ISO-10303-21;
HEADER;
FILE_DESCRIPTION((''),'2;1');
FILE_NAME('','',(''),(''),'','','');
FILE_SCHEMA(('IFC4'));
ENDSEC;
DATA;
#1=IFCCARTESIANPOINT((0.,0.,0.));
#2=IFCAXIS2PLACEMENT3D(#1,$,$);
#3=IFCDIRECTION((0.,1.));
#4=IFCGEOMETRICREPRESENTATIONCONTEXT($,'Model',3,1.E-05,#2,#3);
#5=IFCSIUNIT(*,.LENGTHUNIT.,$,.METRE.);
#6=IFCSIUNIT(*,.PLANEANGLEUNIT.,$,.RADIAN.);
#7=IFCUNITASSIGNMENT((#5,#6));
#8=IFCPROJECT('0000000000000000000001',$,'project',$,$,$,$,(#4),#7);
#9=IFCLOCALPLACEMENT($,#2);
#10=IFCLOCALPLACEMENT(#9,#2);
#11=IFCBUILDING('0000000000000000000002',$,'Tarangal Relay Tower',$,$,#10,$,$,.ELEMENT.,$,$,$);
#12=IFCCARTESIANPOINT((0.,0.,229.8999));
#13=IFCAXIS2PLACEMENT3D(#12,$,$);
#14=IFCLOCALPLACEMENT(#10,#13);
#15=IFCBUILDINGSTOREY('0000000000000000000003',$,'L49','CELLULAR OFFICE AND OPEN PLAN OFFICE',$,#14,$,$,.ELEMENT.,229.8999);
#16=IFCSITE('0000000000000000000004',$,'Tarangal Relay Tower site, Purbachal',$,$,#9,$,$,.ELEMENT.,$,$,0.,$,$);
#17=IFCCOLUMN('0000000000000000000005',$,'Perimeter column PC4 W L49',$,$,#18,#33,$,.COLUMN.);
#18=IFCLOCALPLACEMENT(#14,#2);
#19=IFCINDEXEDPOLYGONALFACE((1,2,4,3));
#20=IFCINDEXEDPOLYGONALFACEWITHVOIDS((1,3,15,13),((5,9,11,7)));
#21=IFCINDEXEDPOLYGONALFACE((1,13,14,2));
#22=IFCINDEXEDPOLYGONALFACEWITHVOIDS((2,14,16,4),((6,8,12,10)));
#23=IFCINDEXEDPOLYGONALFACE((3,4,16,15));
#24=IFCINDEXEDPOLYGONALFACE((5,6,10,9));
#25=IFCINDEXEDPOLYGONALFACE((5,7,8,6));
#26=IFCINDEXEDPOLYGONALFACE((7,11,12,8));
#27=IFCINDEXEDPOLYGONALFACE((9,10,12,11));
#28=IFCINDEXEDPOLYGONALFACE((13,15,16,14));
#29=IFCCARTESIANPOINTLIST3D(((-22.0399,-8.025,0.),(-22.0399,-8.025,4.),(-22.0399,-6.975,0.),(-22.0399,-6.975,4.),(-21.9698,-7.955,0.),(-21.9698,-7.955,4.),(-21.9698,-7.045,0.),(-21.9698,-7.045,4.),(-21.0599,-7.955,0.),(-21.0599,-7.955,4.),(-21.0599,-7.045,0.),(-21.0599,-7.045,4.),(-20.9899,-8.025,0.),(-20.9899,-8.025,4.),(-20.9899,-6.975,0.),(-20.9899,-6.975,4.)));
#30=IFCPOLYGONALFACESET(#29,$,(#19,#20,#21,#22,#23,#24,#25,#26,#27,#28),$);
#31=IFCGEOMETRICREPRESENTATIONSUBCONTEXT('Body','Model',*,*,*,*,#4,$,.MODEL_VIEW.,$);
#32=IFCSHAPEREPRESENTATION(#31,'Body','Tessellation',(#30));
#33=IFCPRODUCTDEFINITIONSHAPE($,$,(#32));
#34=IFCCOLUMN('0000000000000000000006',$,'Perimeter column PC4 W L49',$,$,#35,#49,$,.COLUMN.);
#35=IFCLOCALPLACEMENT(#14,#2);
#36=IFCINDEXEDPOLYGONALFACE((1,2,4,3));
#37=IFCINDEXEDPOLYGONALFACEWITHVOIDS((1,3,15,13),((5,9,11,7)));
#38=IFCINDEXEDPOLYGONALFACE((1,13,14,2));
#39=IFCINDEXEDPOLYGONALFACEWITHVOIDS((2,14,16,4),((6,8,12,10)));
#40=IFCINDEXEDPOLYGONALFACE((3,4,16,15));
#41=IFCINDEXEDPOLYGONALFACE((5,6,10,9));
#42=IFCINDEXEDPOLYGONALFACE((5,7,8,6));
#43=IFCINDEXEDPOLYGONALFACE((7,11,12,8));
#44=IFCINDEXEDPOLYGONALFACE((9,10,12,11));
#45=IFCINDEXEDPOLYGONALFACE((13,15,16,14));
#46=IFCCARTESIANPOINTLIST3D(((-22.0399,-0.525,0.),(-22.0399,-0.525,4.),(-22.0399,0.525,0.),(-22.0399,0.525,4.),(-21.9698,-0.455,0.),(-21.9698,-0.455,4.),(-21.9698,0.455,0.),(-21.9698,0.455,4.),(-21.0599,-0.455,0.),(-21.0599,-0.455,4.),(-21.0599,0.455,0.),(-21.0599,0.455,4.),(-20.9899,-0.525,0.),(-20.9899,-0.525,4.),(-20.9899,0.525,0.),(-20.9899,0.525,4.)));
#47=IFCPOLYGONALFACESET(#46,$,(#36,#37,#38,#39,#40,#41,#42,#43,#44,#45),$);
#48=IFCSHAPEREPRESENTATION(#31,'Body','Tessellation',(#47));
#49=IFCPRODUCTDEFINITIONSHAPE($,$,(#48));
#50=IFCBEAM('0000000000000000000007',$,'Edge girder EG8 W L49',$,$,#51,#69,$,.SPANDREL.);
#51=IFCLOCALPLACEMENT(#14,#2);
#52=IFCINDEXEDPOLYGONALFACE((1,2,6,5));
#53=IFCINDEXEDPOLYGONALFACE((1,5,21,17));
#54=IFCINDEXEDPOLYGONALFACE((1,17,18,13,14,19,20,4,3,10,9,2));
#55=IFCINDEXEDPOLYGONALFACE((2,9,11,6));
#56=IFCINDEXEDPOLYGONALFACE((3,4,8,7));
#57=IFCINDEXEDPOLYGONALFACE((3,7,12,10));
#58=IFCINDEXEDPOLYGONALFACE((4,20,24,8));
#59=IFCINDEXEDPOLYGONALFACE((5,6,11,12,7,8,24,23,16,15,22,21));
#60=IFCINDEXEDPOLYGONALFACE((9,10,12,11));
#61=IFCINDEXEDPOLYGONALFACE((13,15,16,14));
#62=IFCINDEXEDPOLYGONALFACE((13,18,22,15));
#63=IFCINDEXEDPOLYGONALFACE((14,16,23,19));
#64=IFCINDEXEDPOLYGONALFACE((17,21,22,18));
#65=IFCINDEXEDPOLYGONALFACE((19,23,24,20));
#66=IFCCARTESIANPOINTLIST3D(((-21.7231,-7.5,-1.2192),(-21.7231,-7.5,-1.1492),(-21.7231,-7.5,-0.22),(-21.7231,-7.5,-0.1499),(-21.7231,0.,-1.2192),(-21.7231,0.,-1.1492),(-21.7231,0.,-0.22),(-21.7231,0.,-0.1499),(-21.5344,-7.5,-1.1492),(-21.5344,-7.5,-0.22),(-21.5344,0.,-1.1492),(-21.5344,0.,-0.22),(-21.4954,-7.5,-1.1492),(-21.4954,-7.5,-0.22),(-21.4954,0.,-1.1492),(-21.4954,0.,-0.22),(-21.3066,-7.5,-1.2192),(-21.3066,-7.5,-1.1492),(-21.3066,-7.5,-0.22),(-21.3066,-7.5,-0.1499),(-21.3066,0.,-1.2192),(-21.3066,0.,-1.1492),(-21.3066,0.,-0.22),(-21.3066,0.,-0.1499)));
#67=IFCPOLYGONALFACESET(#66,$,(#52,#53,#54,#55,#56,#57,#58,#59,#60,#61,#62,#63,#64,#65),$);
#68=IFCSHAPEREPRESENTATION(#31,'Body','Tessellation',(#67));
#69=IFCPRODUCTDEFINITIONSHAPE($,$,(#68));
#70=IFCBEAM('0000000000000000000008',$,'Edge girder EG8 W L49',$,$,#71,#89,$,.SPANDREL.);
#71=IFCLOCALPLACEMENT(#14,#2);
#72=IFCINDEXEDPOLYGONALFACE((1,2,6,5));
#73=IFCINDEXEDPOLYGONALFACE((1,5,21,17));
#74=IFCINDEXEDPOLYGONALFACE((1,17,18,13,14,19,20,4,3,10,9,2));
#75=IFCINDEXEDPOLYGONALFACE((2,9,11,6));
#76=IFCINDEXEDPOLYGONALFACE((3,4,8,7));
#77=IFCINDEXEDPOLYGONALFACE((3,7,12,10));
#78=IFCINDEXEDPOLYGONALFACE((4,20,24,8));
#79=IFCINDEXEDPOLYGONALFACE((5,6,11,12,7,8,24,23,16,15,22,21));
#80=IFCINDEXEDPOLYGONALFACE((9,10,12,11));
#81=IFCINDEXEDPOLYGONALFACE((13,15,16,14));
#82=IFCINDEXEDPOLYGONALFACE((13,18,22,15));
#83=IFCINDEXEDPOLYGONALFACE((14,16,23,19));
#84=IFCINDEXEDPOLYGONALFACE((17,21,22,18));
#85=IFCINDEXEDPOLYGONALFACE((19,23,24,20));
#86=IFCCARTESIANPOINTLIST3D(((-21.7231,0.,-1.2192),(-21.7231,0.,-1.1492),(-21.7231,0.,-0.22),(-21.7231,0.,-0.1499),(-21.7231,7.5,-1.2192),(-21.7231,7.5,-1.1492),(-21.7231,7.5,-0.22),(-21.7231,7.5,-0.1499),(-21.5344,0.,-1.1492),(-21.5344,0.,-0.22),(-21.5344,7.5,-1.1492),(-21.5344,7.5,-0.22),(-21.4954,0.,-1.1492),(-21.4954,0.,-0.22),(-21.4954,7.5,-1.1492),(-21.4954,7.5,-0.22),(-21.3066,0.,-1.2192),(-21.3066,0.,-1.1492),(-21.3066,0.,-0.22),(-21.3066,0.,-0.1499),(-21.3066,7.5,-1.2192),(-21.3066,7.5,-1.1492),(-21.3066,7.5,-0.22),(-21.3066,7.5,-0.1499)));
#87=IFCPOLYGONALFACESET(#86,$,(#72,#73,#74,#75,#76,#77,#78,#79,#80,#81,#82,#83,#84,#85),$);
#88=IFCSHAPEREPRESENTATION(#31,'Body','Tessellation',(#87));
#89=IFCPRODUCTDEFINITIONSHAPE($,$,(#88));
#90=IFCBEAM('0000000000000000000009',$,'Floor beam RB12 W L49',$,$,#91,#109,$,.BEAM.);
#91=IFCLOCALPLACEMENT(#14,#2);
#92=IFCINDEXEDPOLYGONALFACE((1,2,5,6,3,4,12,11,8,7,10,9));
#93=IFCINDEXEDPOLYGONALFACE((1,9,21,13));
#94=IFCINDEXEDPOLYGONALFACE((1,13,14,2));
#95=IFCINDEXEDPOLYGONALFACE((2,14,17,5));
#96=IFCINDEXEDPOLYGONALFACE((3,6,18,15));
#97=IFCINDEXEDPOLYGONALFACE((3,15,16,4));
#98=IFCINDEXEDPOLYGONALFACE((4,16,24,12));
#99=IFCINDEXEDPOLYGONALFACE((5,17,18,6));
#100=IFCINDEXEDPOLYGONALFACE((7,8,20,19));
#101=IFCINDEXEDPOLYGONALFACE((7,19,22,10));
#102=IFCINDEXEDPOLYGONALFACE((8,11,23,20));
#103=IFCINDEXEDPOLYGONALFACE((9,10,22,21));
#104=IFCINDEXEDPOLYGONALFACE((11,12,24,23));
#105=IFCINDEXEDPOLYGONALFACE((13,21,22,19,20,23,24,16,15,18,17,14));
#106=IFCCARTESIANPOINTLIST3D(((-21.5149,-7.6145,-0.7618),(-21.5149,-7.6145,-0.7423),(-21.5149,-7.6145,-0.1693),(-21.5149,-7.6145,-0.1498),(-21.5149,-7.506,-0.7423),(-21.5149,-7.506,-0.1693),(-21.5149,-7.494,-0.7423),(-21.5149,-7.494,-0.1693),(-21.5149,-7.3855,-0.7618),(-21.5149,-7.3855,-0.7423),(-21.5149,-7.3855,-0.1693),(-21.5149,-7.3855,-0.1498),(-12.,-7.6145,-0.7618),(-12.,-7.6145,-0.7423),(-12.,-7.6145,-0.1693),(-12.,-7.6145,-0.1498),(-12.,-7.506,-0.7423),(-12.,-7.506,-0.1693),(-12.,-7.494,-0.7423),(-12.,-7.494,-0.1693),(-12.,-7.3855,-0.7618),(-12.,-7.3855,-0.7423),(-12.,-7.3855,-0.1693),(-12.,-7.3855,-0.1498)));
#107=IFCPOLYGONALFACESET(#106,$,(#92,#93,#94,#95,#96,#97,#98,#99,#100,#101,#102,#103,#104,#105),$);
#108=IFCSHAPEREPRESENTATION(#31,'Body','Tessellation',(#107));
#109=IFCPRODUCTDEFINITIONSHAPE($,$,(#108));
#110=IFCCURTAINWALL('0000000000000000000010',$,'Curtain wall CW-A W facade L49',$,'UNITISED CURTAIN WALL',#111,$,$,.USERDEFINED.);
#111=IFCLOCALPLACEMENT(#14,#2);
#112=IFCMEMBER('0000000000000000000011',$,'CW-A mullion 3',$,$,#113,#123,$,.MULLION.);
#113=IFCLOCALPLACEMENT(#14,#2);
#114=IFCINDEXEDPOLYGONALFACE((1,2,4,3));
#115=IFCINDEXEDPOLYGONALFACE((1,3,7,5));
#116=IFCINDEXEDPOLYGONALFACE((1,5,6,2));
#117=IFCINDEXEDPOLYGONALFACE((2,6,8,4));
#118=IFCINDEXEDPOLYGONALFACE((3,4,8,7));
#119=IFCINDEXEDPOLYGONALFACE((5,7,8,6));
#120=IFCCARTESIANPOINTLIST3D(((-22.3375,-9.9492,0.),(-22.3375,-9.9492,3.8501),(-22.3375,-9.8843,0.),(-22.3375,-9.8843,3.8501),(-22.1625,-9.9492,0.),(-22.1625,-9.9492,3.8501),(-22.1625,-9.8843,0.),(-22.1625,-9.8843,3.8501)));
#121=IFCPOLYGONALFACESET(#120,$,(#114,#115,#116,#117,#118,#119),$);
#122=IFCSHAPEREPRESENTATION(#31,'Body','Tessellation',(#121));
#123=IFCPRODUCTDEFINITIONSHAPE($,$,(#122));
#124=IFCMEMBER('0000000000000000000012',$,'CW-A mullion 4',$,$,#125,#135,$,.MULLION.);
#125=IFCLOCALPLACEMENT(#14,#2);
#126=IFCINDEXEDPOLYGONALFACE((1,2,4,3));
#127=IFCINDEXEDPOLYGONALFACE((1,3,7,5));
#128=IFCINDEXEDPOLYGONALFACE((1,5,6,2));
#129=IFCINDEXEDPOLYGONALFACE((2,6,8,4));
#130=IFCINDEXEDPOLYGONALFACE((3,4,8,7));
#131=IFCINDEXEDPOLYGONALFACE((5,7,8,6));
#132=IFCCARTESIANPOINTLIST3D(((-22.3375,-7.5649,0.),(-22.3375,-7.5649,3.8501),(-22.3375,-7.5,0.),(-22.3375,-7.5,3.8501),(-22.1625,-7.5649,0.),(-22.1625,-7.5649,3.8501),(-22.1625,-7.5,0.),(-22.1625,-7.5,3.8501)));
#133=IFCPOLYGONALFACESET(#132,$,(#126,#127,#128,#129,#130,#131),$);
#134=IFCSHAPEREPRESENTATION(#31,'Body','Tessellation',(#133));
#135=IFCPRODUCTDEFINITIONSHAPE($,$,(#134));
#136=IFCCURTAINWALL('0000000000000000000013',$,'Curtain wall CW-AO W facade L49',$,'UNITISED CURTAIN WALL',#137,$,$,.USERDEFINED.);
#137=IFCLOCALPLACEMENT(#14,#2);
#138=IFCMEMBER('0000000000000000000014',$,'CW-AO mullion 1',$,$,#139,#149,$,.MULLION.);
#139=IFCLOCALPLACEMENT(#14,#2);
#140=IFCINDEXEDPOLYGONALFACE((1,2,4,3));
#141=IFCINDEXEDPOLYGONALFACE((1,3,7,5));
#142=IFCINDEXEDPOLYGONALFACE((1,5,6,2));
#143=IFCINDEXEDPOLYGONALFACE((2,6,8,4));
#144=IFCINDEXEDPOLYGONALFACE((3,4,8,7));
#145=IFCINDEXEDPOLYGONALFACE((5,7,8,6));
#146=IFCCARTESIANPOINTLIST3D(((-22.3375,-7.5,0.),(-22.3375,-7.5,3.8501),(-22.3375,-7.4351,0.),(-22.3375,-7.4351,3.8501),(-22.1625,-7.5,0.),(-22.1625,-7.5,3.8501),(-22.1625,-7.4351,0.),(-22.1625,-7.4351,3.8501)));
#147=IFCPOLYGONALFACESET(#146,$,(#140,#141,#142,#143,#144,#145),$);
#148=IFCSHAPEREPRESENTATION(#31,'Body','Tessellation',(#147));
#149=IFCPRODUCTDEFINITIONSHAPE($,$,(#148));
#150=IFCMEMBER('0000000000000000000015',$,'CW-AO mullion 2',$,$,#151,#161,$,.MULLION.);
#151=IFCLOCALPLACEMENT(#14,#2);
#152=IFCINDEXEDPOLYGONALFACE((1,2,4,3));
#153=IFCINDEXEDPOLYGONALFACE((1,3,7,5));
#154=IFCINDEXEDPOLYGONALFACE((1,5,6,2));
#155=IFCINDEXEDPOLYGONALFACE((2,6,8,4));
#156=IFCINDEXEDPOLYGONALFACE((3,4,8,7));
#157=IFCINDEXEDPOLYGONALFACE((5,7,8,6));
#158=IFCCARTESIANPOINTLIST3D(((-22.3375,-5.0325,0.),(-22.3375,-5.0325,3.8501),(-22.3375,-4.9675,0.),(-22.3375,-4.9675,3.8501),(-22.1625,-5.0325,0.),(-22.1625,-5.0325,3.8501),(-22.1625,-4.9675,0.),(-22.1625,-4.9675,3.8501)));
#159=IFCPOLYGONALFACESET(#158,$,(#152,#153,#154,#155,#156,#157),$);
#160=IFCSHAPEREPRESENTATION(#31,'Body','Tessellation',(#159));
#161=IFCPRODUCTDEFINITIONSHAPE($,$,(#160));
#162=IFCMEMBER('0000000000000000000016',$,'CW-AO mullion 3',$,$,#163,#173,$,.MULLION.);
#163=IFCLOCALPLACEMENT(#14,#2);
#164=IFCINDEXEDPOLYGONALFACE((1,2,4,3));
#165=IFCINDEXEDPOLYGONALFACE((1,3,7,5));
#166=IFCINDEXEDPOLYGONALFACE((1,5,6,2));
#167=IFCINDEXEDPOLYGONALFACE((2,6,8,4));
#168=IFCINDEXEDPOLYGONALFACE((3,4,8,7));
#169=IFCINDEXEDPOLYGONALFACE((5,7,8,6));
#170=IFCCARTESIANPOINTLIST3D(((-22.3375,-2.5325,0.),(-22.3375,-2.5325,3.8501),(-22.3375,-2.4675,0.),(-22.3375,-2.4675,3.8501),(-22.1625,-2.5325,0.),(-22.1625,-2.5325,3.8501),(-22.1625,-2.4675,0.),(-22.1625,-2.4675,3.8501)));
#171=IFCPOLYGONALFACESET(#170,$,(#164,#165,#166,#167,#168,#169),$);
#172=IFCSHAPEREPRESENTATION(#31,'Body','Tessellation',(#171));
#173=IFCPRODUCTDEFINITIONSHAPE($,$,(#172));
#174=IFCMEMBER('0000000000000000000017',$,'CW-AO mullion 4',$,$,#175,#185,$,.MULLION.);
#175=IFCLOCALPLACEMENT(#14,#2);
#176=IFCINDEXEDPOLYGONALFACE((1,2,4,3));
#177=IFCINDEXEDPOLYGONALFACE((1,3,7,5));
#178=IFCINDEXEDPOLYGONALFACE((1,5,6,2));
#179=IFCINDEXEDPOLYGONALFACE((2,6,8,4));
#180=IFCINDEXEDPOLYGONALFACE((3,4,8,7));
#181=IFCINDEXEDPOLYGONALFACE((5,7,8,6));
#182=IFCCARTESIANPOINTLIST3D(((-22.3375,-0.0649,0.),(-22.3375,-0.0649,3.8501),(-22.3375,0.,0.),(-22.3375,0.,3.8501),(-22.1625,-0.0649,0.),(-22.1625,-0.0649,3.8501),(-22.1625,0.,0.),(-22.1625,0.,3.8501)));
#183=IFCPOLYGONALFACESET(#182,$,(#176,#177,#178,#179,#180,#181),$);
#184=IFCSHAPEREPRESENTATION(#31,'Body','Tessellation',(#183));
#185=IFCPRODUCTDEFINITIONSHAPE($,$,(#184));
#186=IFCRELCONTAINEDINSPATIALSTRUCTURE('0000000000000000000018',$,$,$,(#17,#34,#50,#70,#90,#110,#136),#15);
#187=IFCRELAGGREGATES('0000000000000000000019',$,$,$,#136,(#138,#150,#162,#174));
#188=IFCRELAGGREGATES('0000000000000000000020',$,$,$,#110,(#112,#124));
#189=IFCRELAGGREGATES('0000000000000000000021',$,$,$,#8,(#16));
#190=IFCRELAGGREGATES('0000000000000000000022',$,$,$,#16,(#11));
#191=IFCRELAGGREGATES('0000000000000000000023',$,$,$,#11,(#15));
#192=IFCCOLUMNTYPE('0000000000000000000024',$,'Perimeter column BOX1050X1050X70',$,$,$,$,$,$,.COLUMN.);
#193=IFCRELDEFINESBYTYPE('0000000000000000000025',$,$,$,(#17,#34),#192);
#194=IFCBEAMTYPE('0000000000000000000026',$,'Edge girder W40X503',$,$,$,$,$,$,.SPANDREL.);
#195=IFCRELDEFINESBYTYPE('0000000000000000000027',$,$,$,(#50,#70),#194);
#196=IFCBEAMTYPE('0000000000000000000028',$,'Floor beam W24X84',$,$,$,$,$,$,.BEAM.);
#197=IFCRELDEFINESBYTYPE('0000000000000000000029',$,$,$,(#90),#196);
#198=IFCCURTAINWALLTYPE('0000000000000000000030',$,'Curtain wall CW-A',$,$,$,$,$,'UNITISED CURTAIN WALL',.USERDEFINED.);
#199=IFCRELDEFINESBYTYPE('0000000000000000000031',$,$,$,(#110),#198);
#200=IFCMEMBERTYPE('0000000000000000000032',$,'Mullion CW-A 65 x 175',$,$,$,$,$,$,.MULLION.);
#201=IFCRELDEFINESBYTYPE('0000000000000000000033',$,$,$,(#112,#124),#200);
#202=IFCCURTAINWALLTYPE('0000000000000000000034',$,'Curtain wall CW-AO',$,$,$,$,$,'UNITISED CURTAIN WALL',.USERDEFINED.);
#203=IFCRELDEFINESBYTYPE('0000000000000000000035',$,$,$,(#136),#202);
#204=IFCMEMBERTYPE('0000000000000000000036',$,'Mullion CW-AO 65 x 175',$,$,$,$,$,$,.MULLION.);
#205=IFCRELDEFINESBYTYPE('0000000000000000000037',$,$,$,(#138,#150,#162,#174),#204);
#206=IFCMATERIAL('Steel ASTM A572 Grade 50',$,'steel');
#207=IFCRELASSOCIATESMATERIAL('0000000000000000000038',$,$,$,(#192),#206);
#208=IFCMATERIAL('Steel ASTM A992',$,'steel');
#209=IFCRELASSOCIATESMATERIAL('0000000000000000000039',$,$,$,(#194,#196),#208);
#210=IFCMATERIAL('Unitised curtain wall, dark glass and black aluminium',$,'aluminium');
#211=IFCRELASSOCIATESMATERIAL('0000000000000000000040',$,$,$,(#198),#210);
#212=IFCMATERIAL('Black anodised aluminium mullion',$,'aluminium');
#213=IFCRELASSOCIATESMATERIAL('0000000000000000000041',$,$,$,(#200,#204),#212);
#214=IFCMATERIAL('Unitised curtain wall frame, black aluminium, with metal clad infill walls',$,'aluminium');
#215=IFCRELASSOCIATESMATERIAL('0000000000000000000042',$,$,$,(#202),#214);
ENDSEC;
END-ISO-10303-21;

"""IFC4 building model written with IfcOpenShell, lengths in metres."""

from ifc_helpers import new_model, si_unit, direction, frame, origin, origin_2d, place, context, subcontext, project, spatial, rectangle, hollow_rectangle, i_section, extrude, material, material_profile, profile_set, type_object, element, aggregate, save


model = new_model("IFC4")

# Units and contexts
model_context = context("Model", 3, precision=1e-05, world=origin(), true_north=direction((0.0, 1.0)))
body_context = subcontext(model_context, "Body", "Model", "MODEL_VIEW")
ifc_project = project(units=[si_unit("LENGTHUNIT", "METRE"), si_unit("PLANEANGLEUNIT", "RADIAN")], contexts=[model_context])

# Site, building, storey
site_placement = place(None, origin())
site = spatial("IfcSite", under=ifc_project, at=site_placement, Name="Tarangal Relay Tower site, Purbachal", CompositionType="ELEMENT", RefElevation=0.0)
building_placement = place(site_placement, origin())
building = spatial("IfcBuilding", under=site, at=building_placement, Name="Tarangal Relay Tower", CompositionType="ELEMENT")
storey_placement = place(building_placement, frame((0.0, 0.0, 229.8999)))
storey = spatial("IfcBuildingStorey", under=building, at=storey_placement, Name="L49", Description="CELLULAR OFFICE AND OPEN PLAN OFFICE", CompositionType="ELEMENT", Elevation=229.8999)

# Columns
ifc_material_1 = material(Name="Steel ASTM A572 Grade 50", Category="steel")
ifc_material_profile_1 = material_profile(ifc_material_1, hollow_rectangle(XDim=1.05, YDim=1.05, WallThickness=0.0701, at=origin_2d()), Name="BOX1050X1050X70")
ifc_profile_set_1 = profile_set([ifc_material_profile_1], Name="Steel ASTM A572 Grade 50")
column_type = type_object("IfcColumnType", Name="Perimeter column BOX1050X1050X70", PredefinedType="COLUMN", material=ifc_profile_set_1)
for number, where, z_axis, x_axis, name in (
    (1, (-21.5149, -7.5, 0.0), (0.0, 0.0, 1.0), (1.0, 0.0, 0.0), "Perimeter column PC4 W L49"),
    (2, (-21.5149, 0.0, 0.0), (0.0, 0.0, 1.0), (1.0, 0.0, 0.0), "Perimeter column PC4 W L49"),
):
    element("IfcColumn", number, at=place(storey_placement, frame(where, z_axis=z_axis, x_axis=x_axis)), inside=storey, type_object=column_type, Name=name, PredefinedType="COLUMN", context=body_context, shape_type="SweptSolid", body=[
        extrude(hollow_rectangle(XDim=1.05, YDim=1.05, WallThickness=0.0701, at=origin_2d()), origin(), (0.0, 0.0, 1.0), 4.0),
    ])

# Beams
ifc_material_2 = material(Name="Steel ASTM A992", Category="steel")
ifc_material_profile_2 = material_profile(ifc_material_2, i_section(OverallWidth=0.4165, OverallDepth=1.0693, WebThickness=0.0391, FlangeThickness=0.0701, at=origin_2d()), Name="W40X503")
ifc_profile_set_2 = profile_set([ifc_material_profile_2], Name="Steel ASTM A992")
beam_type_1 = type_object("IfcBeamType", Name="Edge girder W40X503", PredefinedType="SPANDREL", material=ifc_profile_set_2)
for number, where, z_axis, x_axis, name in (
    (3, (-21.5149, -7.5, -0.6846), (0.0, 1.0, 0.0), (-1.0, 0.0, 0.0), "Edge girder EG8 W L49"),
    (4, (-21.5149, 0.0, -0.6846), (0.0, 1.0, 0.0), (-1.0, 0.0, 0.0), "Edge girder EG8 W L49"),
):
    element("IfcBeam", number, at=place(storey_placement, frame(where, z_axis=z_axis, x_axis=x_axis)), inside=storey, type_object=beam_type_1, Name=name, PredefinedType="SPANDREL", context=body_context, shape_type="SweptSolid", body=[
        extrude(i_section(OverallWidth=0.4165, OverallDepth=1.0693, WebThickness=0.0391, FlangeThickness=0.0701, at=origin_2d()), origin(), (0.0, 0.0, 1.0), 7.5),
    ])
ifc_material_profile_3 = material_profile(ifc_material_2, i_section(OverallWidth=0.229, OverallDepth=0.6121, WebThickness=0.012, FlangeThickness=0.0195, at=origin_2d()), Name="W24X84")
ifc_profile_set_3 = profile_set([ifc_material_profile_3], Name="Steel ASTM A992")
beam_type_2 = type_object("IfcBeamType", Name="Floor beam W24X84", PredefinedType="BEAM", material=ifc_profile_set_3)
beam_placement = place(storey_placement, frame((-12.0, -7.5, -0.4558), z_axis=(-1.0, 0.0, 0.0), x_axis=(0.0, -1.0, 0.0)))
element("IfcBeam", 5, at=beam_placement, inside=storey, type_object=beam_type_2, Name="Floor beam RB12 W L49", PredefinedType="BEAM", context=body_context, shape_type="SweptSolid", body=[
    extrude(i_section(OverallWidth=0.229, OverallDepth=0.6121, WebThickness=0.012, FlangeThickness=0.0195, at=origin_2d()), origin(), (0.0, 0.0, 1.0), 9.5149),
])

# Curtain walls, members
ifc_material_3 = material(Name="Unitised curtain wall, dark glass and black aluminium", Category="aluminium")
curtain_wall_type_1 = type_object("IfcCurtainWallType", Name="Curtain wall CW-A", ElementType="UNITISED CURTAIN WALL", PredefinedType="USERDEFINED", material=ifc_material_3)
curtain_wall_1_placement = place(storey_placement, origin())
curtain_wall_1 = element("IfcCurtainWall", 6, at=curtain_wall_1_placement, inside=storey, type_object=curtain_wall_type_1, Name="Curtain wall CW-A W facade L49", ObjectType="UNITISED CURTAIN WALL", PredefinedType="USERDEFINED")
ifc_material_4 = material(Name="Black anodised aluminium mullion", Category="aluminium")
ifc_material_profile_4 = material_profile(ifc_material_4, rectangle(XDim=0.175, YDim=0.0649, at=origin_2d()), Name="CW-AM 65X175")
ifc_profile_set_4 = profile_set([ifc_material_profile_4], Name="Black anodised aluminium mullion")
member_type_1 = type_object("IfcMemberType", Name="Mullion CW-A 65 x 175", PredefinedType="MULLION", material=ifc_profile_set_4)
member_1_placement = place(storey_placement, frame((-22.25, -9.9167, 0.0), z_axis=(0.0, 0.0, 1.0), x_axis=(-1.0, 0.0, 0.0)))
member_1 = element("IfcMember", 7, at=member_1_placement, type_object=member_type_1, Name="CW-A mullion 3", PredefinedType="MULLION", context=body_context, shape_type="SweptSolid", body=[
    extrude(rectangle(XDim=0.175, YDim=0.0649, at=origin_2d()), origin(), (0.0, 0.0, 1.0), 3.8501),
])
member_2_placement = place(storey_placement, frame((-22.25, -7.5325, 0.0), z_axis=(0.0, 0.0, 1.0), x_axis=(-1.0, 0.0, 0.0)))
member_2 = element("IfcMember", 8, at=member_2_placement, type_object=member_type_1, Name="CW-A mullion 4", PredefinedType="MULLION", context=body_context, shape_type="SweptSolid", body=[
    extrude(rectangle(XDim=0.175, YDim=0.0649, at=origin_2d()), origin(), (0.0, 0.0, 1.0), 3.8501),
])
ifc_material_5 = material(Name="Unitised curtain wall frame, black aluminium, with metal clad infill walls", Category="aluminium")
curtain_wall_type_2 = type_object("IfcCurtainWallType", Name="Curtain wall CW-AO", ElementType="UNITISED CURTAIN WALL", PredefinedType="USERDEFINED", material=ifc_material_5)
curtain_wall_2_placement = place(storey_placement, origin())
curtain_wall_2 = element("IfcCurtainWall", 9, at=curtain_wall_2_placement, inside=storey, type_object=curtain_wall_type_2, Name="Curtain wall CW-AO W facade L49", ObjectType="UNITISED CURTAIN WALL", PredefinedType="USERDEFINED")
ifc_material_profile_5 = material_profile(ifc_material_4, rectangle(XDim=0.175, YDim=0.0649, at=origin_2d()), Name="CW-AOM 65X175")
ifc_profile_set_5 = profile_set([ifc_material_profile_5], Name="Black anodised aluminium mullion")
member_type_2 = type_object("IfcMemberType", Name="Mullion CW-AO 65 x 175", PredefinedType="MULLION", material=ifc_profile_set_5)
member_3_placement = place(storey_placement, frame((-22.25, -7.4675, 0.0), z_axis=(0.0, 0.0, 1.0), x_axis=(-1.0, 0.0, 0.0)))
member_3 = element("IfcMember", 10, at=member_3_placement, type_object=member_type_2, Name="CW-AO mullion 1", PredefinedType="MULLION", context=body_context, shape_type="SweptSolid", body=[
    extrude(rectangle(XDim=0.175, YDim=0.0649, at=origin_2d()), origin(), (0.0, 0.0, 1.0), 3.8501),
])
member_4_placement = place(storey_placement, frame((-22.25, -5.0, 0.0), z_axis=(0.0, 0.0, 1.0), x_axis=(-1.0, 0.0, 0.0)))
member_4 = element("IfcMember", 11, at=member_4_placement, type_object=member_type_2, Name="CW-AO mullion 2", PredefinedType="MULLION", context=body_context, shape_type="SweptSolid", body=[
    extrude(rectangle(XDim=0.175, YDim=0.0649, at=origin_2d()), origin(), (0.0, 0.0, 1.0), 3.8501),
])
member_5_placement = place(storey_placement, frame((-22.25, -2.5, 0.0), z_axis=(0.0, 0.0, 1.0), x_axis=(-1.0, 0.0, 0.0)))
member_5 = element("IfcMember", 12, at=member_5_placement, type_object=member_type_2, Name="CW-AO mullion 3", PredefinedType="MULLION", context=body_context, shape_type="SweptSolid", body=[
    extrude(rectangle(XDim=0.175, YDim=0.0649, at=origin_2d()), origin(), (0.0, 0.0, 1.0), 3.8501),
])
member_6_placement = place(storey_placement, frame((-22.25, -0.0325, 0.0), z_axis=(0.0, 0.0, 1.0), x_axis=(-1.0, 0.0, 0.0)))
member_6 = element("IfcMember", 13, at=member_6_placement, type_object=member_type_2, Name="CW-AO mullion 4", PredefinedType="MULLION", context=body_context, shape_type="SweptSolid", body=[
    extrude(rectangle(XDim=0.175, YDim=0.0649, at=origin_2d()), origin(), (0.0, 0.0, 1.0), 3.8501),
])

aggregate(curtain_wall_2, [member_3, member_4, member_5, member_6])

aggregate(curtain_wall_1, [member_1, member_2])

save(model, "model.ifc")
